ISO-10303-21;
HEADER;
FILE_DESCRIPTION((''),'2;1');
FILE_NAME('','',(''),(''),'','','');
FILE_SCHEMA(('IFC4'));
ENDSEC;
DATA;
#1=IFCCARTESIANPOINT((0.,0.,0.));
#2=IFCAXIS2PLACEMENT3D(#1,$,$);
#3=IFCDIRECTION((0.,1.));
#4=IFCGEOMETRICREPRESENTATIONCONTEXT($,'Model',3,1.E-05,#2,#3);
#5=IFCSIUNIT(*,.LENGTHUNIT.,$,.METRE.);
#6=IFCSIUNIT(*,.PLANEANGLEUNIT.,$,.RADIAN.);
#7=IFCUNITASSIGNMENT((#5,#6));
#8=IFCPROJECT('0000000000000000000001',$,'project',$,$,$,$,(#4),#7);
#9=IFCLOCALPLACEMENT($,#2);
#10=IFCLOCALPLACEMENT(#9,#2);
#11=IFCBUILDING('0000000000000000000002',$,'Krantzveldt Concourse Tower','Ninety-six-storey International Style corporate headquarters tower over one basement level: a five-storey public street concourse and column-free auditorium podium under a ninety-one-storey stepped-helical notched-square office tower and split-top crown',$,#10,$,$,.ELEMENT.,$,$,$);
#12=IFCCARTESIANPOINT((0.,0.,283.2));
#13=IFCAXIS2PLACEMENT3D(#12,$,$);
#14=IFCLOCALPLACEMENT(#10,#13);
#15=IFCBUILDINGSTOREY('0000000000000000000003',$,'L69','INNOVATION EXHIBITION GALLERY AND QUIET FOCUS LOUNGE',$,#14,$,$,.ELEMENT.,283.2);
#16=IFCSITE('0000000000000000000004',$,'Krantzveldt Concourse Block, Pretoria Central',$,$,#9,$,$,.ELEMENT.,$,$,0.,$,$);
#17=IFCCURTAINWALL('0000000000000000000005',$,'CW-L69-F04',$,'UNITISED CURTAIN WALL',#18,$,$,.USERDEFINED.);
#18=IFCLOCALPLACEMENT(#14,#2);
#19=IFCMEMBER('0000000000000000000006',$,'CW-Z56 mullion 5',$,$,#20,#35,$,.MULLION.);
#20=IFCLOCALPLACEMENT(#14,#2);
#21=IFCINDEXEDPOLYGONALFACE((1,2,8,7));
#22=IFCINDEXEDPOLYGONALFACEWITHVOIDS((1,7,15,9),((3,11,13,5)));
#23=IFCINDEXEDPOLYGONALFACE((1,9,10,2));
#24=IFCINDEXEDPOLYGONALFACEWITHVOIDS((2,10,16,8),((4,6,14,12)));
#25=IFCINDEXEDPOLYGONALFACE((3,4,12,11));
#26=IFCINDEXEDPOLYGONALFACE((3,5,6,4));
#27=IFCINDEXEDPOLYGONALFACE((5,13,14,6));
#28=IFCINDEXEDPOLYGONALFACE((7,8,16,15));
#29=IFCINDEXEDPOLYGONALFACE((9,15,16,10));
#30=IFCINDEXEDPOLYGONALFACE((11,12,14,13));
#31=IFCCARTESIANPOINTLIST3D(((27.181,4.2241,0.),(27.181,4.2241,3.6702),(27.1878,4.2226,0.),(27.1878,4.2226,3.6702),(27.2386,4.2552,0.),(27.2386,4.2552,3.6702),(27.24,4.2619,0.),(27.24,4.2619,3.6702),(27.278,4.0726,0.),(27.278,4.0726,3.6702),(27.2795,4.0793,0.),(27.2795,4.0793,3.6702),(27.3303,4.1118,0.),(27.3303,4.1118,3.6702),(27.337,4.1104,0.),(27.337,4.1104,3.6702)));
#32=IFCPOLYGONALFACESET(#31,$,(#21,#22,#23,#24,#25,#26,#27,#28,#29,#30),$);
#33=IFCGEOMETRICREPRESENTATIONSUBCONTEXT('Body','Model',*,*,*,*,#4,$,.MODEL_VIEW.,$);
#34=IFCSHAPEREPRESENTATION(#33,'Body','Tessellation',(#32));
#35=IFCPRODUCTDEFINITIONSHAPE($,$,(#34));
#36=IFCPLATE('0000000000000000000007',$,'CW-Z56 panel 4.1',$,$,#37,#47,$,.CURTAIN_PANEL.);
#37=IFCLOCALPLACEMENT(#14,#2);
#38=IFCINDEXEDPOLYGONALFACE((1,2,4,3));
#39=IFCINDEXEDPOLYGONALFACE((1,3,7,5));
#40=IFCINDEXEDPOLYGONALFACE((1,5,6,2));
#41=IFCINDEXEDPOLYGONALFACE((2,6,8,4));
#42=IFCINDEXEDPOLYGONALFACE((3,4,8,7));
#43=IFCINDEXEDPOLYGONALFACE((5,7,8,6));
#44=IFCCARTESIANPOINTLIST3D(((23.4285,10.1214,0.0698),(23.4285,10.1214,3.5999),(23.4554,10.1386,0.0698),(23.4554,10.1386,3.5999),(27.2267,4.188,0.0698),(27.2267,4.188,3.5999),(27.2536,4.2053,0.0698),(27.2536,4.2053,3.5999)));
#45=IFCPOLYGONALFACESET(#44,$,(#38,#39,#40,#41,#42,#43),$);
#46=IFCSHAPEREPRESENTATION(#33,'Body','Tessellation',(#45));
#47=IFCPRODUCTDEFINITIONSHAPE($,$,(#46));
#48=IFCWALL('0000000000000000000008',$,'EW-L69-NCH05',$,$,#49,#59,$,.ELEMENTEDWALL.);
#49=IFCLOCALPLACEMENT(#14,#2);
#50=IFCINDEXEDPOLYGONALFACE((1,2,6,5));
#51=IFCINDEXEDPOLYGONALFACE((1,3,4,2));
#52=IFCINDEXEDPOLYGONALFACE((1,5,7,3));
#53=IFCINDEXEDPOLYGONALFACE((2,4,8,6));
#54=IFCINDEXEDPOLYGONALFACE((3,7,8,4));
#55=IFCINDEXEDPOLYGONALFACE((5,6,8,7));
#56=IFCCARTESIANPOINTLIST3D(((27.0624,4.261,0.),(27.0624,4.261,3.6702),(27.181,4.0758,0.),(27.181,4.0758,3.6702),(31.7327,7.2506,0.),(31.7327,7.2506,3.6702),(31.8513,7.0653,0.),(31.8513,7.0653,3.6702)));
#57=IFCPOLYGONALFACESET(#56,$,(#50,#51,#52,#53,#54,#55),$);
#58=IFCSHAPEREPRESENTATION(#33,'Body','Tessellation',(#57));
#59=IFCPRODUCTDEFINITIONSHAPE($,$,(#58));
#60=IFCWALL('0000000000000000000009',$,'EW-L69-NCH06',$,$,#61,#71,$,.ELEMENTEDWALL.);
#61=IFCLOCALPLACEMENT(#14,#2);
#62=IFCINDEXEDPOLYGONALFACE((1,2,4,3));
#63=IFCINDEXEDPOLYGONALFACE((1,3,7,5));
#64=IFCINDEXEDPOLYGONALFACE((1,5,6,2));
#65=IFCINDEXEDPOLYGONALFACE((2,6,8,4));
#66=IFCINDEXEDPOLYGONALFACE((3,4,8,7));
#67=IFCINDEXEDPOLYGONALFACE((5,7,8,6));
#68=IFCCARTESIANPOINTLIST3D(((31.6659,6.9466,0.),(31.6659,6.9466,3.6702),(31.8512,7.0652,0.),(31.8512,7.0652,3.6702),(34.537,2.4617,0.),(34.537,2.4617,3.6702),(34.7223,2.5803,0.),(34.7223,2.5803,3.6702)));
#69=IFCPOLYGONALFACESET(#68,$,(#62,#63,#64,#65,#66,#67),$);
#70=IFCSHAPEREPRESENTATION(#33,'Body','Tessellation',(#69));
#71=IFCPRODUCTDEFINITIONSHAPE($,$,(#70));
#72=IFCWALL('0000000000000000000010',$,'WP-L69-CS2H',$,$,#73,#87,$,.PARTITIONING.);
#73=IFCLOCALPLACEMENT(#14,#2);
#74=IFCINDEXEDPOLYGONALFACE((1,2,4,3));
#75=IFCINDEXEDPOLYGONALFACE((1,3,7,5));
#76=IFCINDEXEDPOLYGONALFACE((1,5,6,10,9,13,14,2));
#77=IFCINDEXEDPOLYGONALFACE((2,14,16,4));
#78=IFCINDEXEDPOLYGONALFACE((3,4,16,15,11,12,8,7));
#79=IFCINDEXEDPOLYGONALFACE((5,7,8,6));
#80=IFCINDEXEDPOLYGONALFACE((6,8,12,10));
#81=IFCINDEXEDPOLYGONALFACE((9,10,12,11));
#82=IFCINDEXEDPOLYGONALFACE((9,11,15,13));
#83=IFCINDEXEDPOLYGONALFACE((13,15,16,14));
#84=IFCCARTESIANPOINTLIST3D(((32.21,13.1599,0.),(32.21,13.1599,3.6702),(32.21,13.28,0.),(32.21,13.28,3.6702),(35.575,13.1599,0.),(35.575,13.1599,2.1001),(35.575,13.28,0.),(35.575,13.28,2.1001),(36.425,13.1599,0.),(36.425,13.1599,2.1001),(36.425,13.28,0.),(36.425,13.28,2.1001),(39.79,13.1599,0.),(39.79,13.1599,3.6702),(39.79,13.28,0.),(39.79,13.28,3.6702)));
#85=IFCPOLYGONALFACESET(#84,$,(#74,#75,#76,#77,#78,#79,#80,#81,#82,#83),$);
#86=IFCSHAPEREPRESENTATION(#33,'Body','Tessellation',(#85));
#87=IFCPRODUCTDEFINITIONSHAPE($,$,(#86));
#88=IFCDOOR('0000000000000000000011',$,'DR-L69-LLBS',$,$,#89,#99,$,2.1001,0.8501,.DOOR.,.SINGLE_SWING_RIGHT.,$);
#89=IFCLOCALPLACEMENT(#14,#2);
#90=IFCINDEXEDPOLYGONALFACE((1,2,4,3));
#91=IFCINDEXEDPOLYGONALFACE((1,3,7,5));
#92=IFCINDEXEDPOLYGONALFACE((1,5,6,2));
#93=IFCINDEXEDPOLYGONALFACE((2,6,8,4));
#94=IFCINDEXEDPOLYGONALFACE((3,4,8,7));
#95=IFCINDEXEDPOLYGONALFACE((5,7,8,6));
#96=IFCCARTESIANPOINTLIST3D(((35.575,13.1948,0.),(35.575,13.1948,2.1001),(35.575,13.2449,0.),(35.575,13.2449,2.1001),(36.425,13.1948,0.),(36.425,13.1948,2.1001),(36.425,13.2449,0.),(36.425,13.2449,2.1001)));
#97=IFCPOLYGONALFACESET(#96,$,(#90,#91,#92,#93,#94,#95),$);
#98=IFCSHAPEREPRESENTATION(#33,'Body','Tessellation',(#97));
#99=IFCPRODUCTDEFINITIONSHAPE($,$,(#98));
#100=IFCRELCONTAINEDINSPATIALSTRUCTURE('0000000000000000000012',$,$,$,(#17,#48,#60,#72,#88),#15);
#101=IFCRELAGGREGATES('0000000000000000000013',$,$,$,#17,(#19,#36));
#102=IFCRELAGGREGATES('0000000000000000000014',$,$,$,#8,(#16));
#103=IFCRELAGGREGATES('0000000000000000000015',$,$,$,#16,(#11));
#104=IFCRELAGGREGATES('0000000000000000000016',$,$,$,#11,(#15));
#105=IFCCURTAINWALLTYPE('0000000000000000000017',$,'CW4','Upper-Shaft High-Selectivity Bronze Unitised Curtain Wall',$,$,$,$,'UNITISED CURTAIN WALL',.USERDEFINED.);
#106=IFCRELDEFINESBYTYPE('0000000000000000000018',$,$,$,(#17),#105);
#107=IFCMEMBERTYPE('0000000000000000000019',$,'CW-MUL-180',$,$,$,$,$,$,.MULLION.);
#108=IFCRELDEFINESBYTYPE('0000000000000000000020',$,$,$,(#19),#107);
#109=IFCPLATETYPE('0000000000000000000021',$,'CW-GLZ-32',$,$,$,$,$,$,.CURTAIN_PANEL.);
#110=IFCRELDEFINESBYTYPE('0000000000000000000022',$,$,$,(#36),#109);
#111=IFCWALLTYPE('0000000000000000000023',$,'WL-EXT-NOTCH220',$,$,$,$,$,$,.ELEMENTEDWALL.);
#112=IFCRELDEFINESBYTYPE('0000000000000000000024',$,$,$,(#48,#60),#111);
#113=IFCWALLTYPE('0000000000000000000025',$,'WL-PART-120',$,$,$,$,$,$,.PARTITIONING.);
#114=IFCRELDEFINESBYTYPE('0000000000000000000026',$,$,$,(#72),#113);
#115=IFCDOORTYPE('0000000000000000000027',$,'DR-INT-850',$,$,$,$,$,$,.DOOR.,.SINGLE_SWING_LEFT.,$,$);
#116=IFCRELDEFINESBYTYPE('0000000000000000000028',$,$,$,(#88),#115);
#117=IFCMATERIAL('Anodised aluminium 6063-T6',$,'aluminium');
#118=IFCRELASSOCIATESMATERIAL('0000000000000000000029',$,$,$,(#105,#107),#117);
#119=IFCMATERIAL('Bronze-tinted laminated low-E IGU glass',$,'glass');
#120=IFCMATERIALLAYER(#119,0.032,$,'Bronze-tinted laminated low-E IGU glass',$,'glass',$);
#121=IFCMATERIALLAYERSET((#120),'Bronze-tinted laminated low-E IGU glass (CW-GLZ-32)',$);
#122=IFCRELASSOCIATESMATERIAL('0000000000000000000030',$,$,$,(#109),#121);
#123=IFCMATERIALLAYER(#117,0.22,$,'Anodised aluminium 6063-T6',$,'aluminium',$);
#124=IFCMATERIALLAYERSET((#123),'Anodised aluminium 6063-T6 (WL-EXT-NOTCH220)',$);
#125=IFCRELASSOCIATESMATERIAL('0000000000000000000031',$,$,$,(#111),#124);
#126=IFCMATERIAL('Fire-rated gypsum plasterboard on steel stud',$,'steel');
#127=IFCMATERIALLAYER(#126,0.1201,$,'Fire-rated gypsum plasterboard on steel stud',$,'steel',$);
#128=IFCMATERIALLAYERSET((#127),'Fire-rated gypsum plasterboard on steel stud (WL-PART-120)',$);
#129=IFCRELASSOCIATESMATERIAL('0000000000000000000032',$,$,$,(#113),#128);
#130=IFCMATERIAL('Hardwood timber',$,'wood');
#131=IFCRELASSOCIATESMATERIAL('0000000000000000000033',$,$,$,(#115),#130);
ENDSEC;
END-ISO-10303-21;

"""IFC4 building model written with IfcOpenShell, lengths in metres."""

from ifc_helpers import new_model, si_unit, direction, frame, frame_2d, origin, origin_2d, place, context, subcontext, project, spatial, rectangle, hollow_rectangle, extrude, source, transform, mapped, material, layer, layer_set, material_profile, profile_set, type_object, type_shapes, element, fill, aggregate, save


model = new_model("IFC4")

# Units and contexts
model_context = context("Model", 3, precision=1e-05, world=origin(), true_north=direction((0.0, 1.0)))
body_context = subcontext(model_context, "Body", "Model", "MODEL_VIEW")
ifc_project = project(units=[si_unit("LENGTHUNIT", "METRE"), si_unit("PLANEANGLEUNIT", "RADIAN")], contexts=[model_context])

# Site, building, storey
site_placement = place(None, origin())
site = spatial("IfcSite", under=ifc_project, at=site_placement, Name="Krantzveldt Concourse Block, Pretoria Central", CompositionType="ELEMENT", RefElevation=0.0)
building_placement = place(site_placement, origin())
building = spatial("IfcBuilding", under=site, at=building_placement, Name="Krantzveldt Concourse Tower", Description="Ninety-six-storey International Style corporate headquarters tower over one basement level: a five-storey public street concourse and column-free auditorium podium under a ninety-one-storey stepped-helical notched-square office tower and split-top crown", CompositionType="ELEMENT")
storey_placement = place(building_placement, frame((0.0, 0.0, 283.2)))
storey = spatial("IfcBuildingStorey", under=building, at=storey_placement, Name="L69", Description="INNOVATION EXHIBITION GALLERY AND QUIET FOCUS LOUNGE", CompositionType="ELEMENT", Elevation=283.2)

# Curtain wall, member, plate
ifc_material_1 = material(Name="Anodised aluminium 6063-T6", Category="aluminium")
curtain_wall_type = type_object("IfcCurtainWallType", Name="CW4", Description="Upper-Shaft High-Selectivity Bronze Unitised Curtain Wall", ElementType="UNITISED CURTAIN WALL", PredefinedType="USERDEFINED", material=ifc_material_1)
curtain_wall_placement = place(storey_placement, origin())
curtain_wall = element("IfcCurtainWall", 1, at=curtain_wall_placement, inside=storey, type_object=curtain_wall_type, Name="CW-L69-F04", ObjectType="UNITISED CURTAIN WALL", PredefinedType="USERDEFINED")
ifc_material_profile = material_profile(ifc_material_1, hollow_rectangle(XDim=0.0701, YDim=0.1799, WallThickness=0.0049, at=origin_2d()), Name="Anodised aluminium 6063-T6", Category="aluminium")
ifc_profile_set = profile_set([ifc_material_profile], Name="Anodised aluminium 6063-T6 - ALU-MULL 180x70x5")
member_type = type_object("IfcMemberType", Name="CW-MUL-180", PredefinedType="MULLION", material=ifc_profile_set)
shared_shape_1 = source(origin(), body_context, "Body", "SweptSolid", [
    extrude(hollow_rectangle(XDim=0.0701, YDim=0.1799, WallThickness=0.0049, at=origin_2d()), origin(), (0.0, 0.0, 1.0), 3.6702),
])
type_shapes(member_type, [shared_shape_1])
member_placement = place(storey_placement, frame((27.259, 4.1672, 0.0), z_axis=(0.0, 0.0, 1.0), x_axis=(0.842217, 0.539138, 0.0)))
member = element("IfcMember", 2, at=member_placement, type_object=member_type, Name="CW-Z56 mullion 5", PredefinedType="MULLION", context=body_context, shape_type="MappedRepresentation", body=[
    mapped(shared_shape_1, transform((0.0, 0.0, 0.0), x_axis=(1.0, 0.0, 0.0), y_axis=(0.0, 1.0, 0.0), z_axis=(0.0, 0.0, 1.0), scale=1.0)),
])
ifc_material_2 = material(Name="Bronze-tinted laminated low-E IGU glass", Category="glass")
ifc_layer_1 = layer(ifc_material_2, 0.032, Name="Bronze-tinted laminated low-E IGU glass", Category="glass")
ifc_layer_set_1 = layer_set([ifc_layer_1], Name="Bronze-tinted laminated low-E IGU glass (CW-GLZ-32)")
plate_type = type_object("IfcPlateType", Name="CW-GLZ-32", PredefinedType="CURTAIN_PANEL", material=ifc_layer_set_1)
shared_shape_2 = source(origin(), body_context, "Body", "SweptSolid", [
    extrude(rectangle(XDim=7.0449, YDim=0.032, at=origin_2d()), origin(), (0.0, 0.0, 1.0), 3.53),
])
type_shapes(plate_type, [shared_shape_2])
plate_placement = place(storey_placement, frame((25.3411, 7.1633, 0.0698), z_axis=(0.0, 0.0, 1.0), x_axis=(0.539138, -0.842217, 0.0)))
plate = element("IfcPlate", 3, at=plate_placement, type_object=plate_type, Name="CW-Z56 panel 4.1", PredefinedType="CURTAIN_PANEL", context=body_context, shape_type="MappedRepresentation", body=[
    mapped(shared_shape_2, transform((0.0, 0.0, 0.0), x_axis=(1.0, 0.0, 0.0), y_axis=(0.0, 1.0, 0.0), z_axis=(0.0, 0.0, 1.0), scale=1.0)),
])
aggregate(curtain_wall, [member, plate])

# Walls
ifc_layer_2 = layer(ifc_material_1, 0.22, Name="Anodised aluminium 6063-T6", Category="aluminium")
ifc_layer_set_2 = layer_set([ifc_layer_2], Name="Anodised aluminium 6063-T6 (WL-EXT-NOTCH220)")
wall_type_1 = type_object("IfcWallType", Name="WL-EXT-NOTCH220", PredefinedType="ELEMENTEDWALL", material=ifc_layer_set_2)
wall_1_placement = place(storey_placement, frame((27.1218, 4.1685, 0.0), z_axis=(0.0, 0.0, 1.0), x_axis=(0.842223, 0.53913, 0.0)))
element("IfcWall", 4, at=wall_1_placement, inside=storey, type_object=wall_type_1, Name="EW-L69-NCH05", PredefinedType="ELEMENTEDWALL", context=body_context, shape_type="SweptSolid", body=[
    extrude(rectangle(XDim=5.5452, YDim=0.22, at=frame_2d((2.7725, 0.0))), origin(), (0.0, 0.0, 1.0), 3.6702),
])
wall_2_placement = place(storey_placement, frame((31.7585, 7.0059, 0.0), z_axis=(0.0, 0.0, 1.0), x_axis=(0.539158, -0.842205, 0.0)))
element("IfcWall", 5, at=wall_2_placement, inside=storey, type_object=wall_type_1, Name="EW-L69-NCH06", PredefinedType="ELEMENTEDWALL", context=body_context, shape_type="SweptSolid", body=[
    extrude(rectangle(XDim=5.3252, YDim=0.22, at=frame_2d((2.6626, 0.0))), origin(), (0.0, 0.0, 1.0), 3.6702),
])

# Wall, opening, door
ifc_material_3 = material(Name="Fire-rated gypsum plasterboard on steel stud", Category="steel")
ifc_layer_3 = layer(ifc_material_3, 0.1201, Name="Fire-rated gypsum plasterboard on steel stud", Category="steel")
ifc_layer_set_3 = layer_set([ifc_layer_3], Name="Fire-rated gypsum plasterboard on steel stud (WL-PART-120)")
wall_type_2 = type_object("IfcWallType", Name="WL-PART-120", PredefinedType="PARTITIONING", material=ifc_layer_set_3)
wall_3_placement = place(storey_placement, frame((32.21, 13.22, 0.0), z_axis=(0.0, 0.0, 1.0), x_axis=(1.0, 0.0, 0.0)))
wall_3 = element("IfcWall", 6, at=wall_3_placement, inside=storey, type_object=wall_type_2, Name="WP-L69-CS2H", PredefinedType="PARTITIONING", context=body_context, shape_type="SweptSolid", body=[
    extrude(rectangle(XDim=7.5801, YDim=0.1201, at=frame_2d((3.79, 0.0))), origin(), (0.0, 0.0, 1.0), 3.6702),
])
opening_1_placement = place(wall_3_placement, frame((3.365, 0.0, 0.0)))
opening_1 = element("IfcOpeningElement", 7, at=opening_1_placement, cuts=wall_3, PredefinedType="OPENING", context=body_context, shape_type="SweptSolid", body=[
    extrude(rectangle(XDim=0.8501, YDim=2.1001, at=frame_2d((0.425, 1.05))), frame((0.0, 0.0701, 0.0), z_axis=(0.0, -1.0, 0.0), x_axis=(1.0, 0.0, 0.0)), (0.0, 0.0, 1.0), 0.1401),
])
ifc_material_4 = material(Name="Hardwood timber", Category="wood")
door_type_1 = type_object("IfcDoorType", Name="DR-INT-850", OperationType="SINGLE_SWING_LEFT", PredefinedType="DOOR", material=ifc_material_4)
door_1_placement = place(opening_1_placement, origin())
door_1 = element("IfcDoor", 8, at=door_1_placement, inside=storey, type_object=door_type_1, Name="DR-L69-LLBS", OperationType="SINGLE_SWING_RIGHT", OverallHeight=2.1001, OverallWidth=0.8501, PredefinedType="DOOR", context=body_context, shape_type="SweptSolid", body=[
    extrude(rectangle(XDim=0.8501, YDim=2.1001, at=frame_2d((0.425, 1.05))), frame((0.0, 0.0249, 0.0), z_axis=(0.0, -1.0, 0.0), x_axis=(1.0, 0.0, 0.0)), (0.0, 0.0, 1.0), 0.05),
])
fill(opening_1, door_1)

save(model, "model.ifc")
